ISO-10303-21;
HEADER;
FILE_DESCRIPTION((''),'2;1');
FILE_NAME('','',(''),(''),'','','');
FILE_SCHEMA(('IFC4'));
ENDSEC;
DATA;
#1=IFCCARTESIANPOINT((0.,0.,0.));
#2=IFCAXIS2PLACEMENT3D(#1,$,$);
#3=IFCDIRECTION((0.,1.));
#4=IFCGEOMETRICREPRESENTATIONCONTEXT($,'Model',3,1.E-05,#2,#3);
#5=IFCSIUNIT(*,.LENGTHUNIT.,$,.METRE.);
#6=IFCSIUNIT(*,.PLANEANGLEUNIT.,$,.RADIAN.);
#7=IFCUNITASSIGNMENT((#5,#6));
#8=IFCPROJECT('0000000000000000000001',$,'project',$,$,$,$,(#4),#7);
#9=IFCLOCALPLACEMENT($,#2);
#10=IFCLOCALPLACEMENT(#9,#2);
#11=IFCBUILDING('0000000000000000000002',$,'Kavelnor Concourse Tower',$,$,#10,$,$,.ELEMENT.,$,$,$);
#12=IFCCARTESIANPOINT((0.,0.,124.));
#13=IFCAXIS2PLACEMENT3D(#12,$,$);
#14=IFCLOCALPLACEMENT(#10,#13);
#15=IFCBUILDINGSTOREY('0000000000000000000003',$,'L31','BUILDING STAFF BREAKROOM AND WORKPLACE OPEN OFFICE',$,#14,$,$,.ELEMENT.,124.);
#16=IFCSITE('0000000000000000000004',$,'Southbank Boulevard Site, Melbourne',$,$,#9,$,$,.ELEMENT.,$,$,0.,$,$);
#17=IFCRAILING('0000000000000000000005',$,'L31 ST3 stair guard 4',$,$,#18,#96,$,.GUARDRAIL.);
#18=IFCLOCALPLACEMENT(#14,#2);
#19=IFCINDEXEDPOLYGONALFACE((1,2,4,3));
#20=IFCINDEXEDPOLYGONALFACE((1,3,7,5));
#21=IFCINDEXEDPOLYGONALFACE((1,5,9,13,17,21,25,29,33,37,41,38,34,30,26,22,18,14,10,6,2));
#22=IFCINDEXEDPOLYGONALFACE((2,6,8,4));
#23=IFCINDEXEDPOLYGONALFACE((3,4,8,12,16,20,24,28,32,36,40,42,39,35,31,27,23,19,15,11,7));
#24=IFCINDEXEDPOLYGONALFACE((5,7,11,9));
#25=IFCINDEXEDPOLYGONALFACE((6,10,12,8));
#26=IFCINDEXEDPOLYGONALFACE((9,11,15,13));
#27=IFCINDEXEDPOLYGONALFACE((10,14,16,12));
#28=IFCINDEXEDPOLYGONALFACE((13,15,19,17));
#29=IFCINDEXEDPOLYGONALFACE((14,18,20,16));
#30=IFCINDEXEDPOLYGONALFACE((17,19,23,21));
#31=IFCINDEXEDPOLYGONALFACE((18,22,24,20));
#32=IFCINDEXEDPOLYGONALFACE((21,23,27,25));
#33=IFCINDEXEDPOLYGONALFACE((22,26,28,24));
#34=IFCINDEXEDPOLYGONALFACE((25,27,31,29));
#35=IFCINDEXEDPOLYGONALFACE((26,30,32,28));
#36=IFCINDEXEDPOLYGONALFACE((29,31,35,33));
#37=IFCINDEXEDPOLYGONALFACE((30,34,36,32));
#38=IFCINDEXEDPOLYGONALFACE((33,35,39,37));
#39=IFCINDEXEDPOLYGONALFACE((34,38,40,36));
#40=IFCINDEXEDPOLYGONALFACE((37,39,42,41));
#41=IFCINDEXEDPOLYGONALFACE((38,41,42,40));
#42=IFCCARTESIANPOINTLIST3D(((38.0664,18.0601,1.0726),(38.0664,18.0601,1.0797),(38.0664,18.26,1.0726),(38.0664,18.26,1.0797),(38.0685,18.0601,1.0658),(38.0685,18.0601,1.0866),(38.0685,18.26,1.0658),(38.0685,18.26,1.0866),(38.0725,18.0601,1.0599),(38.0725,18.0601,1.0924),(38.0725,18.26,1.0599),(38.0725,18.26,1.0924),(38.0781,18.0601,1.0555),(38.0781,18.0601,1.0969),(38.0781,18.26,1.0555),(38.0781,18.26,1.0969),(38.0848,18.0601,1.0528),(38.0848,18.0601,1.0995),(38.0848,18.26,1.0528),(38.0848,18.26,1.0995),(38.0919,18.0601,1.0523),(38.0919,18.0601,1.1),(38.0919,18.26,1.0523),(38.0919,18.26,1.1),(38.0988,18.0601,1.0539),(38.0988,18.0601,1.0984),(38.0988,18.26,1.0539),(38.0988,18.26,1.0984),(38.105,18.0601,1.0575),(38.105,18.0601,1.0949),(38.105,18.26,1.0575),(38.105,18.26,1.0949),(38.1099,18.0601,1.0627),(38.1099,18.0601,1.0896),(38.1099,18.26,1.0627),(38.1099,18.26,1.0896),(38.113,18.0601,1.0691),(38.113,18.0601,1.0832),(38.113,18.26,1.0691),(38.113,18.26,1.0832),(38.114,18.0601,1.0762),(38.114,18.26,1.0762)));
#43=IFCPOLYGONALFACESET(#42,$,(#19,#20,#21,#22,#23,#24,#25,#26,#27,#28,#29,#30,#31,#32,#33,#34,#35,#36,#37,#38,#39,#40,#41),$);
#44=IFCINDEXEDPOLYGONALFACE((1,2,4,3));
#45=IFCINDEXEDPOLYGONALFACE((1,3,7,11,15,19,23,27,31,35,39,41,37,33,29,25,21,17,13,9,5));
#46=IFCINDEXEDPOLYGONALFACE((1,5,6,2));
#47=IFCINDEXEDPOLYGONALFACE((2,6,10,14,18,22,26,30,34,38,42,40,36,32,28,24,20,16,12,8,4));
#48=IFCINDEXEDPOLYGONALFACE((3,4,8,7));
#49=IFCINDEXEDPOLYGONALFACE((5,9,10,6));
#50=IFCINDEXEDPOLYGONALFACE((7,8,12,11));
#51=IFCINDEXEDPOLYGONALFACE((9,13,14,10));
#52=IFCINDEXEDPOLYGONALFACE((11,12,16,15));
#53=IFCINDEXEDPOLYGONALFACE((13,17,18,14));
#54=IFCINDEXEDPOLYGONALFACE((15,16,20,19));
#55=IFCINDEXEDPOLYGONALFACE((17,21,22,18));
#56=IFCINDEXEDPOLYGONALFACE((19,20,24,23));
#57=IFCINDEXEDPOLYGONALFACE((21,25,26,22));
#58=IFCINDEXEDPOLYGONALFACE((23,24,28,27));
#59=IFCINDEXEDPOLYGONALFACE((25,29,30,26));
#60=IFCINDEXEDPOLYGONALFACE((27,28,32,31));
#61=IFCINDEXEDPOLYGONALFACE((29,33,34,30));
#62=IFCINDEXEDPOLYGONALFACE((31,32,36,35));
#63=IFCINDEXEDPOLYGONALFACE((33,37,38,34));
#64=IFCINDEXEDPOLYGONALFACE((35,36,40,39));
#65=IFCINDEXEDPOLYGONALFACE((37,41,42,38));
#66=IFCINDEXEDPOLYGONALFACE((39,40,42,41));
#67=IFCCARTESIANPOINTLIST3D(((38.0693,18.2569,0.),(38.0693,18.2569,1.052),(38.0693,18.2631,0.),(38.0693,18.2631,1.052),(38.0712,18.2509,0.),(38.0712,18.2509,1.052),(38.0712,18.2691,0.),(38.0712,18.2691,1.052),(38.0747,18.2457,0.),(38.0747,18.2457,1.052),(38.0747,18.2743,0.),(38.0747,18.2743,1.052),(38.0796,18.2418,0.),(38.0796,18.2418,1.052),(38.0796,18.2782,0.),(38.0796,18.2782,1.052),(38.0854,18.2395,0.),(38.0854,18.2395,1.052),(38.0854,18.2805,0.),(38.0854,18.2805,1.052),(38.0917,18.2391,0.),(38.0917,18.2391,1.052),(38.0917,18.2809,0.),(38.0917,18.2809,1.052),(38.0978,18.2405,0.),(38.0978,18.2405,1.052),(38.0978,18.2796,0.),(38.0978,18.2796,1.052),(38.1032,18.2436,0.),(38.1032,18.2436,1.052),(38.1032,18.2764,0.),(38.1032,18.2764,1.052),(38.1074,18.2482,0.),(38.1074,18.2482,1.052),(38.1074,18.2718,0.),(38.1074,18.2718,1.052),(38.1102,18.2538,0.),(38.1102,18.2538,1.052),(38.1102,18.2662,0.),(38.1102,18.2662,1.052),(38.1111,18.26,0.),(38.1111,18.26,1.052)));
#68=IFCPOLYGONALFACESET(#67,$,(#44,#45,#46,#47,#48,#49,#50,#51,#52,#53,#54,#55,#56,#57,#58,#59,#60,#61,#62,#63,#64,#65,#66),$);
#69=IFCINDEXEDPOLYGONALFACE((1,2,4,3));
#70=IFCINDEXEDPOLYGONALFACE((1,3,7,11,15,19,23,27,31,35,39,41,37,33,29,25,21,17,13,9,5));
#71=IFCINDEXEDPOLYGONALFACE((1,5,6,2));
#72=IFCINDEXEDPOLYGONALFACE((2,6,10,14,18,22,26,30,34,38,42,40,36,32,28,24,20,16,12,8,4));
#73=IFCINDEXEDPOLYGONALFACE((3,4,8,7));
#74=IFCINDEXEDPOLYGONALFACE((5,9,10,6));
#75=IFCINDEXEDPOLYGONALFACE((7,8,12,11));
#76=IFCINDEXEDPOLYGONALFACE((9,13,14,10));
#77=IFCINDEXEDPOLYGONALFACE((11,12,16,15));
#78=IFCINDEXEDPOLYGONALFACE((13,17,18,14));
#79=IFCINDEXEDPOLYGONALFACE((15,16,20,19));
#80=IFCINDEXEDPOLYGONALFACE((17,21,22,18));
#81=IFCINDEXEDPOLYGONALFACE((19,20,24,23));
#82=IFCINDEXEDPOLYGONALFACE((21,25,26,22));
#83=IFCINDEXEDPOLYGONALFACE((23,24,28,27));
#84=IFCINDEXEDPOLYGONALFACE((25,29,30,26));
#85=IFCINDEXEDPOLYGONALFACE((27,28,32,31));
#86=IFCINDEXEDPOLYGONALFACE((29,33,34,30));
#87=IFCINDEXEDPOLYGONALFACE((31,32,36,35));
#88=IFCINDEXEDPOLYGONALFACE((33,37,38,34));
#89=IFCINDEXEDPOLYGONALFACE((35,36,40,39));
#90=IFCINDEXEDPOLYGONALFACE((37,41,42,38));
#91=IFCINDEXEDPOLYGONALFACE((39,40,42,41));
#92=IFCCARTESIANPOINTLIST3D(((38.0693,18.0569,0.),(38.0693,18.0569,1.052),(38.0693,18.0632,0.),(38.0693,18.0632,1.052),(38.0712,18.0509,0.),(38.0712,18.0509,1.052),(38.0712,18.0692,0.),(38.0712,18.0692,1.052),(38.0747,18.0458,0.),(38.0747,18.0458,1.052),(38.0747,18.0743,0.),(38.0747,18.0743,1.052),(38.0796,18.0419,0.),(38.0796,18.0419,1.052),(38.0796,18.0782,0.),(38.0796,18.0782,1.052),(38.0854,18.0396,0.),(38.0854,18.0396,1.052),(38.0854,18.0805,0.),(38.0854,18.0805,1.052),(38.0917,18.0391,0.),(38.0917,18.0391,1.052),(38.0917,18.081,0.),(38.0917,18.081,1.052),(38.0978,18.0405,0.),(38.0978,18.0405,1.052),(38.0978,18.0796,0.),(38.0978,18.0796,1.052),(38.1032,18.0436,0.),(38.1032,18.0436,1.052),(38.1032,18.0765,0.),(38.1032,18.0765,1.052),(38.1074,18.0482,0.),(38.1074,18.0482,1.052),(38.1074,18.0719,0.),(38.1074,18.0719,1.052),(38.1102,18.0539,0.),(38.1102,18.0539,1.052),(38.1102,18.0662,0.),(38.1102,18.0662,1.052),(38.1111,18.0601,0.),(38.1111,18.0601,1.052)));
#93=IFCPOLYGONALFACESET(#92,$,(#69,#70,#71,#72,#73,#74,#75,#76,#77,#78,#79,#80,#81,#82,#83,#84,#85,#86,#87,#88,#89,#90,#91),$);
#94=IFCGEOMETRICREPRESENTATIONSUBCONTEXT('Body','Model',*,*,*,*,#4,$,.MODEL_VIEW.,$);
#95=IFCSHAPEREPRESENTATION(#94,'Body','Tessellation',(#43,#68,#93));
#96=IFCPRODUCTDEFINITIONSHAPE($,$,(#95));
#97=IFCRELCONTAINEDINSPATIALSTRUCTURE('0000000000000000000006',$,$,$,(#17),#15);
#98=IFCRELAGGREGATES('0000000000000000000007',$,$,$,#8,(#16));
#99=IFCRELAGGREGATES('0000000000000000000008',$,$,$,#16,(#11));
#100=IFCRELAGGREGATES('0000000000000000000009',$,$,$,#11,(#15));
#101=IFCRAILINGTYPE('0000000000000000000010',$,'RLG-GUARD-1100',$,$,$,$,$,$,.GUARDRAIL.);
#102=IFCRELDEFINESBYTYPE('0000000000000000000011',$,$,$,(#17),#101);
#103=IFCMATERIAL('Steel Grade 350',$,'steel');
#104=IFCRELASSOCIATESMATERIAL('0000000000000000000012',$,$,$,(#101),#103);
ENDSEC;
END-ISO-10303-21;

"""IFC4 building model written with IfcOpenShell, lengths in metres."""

from ifc_helpers import new_model, si_unit, direction, frame, origin, origin_2d, place, context, subcontext, project, spatial, circle, extrude, material, type_object, element, save


model = new_model("IFC4")

# Units and contexts
model_context = context("Model", 3, precision=1e-05, world=origin(), true_north=direction((0.0, 1.0)))
body_context = subcontext(model_context, "Body", "Model", "MODEL_VIEW")
ifc_project = project(units=[si_unit("LENGTHUNIT", "METRE"), si_unit("PLANEANGLEUNIT", "RADIAN")], contexts=[model_context])

# Site, building, storey
site_placement = place(None, origin())
site = spatial("IfcSite", under=ifc_project, at=site_placement, Name="Southbank Boulevard Site, Melbourne", CompositionType="ELEMENT", RefElevation=0.0)
building_placement = place(site_placement, origin())
building = spatial("IfcBuilding", under=site, at=building_placement, Name="Kavelnor Concourse Tower", CompositionType="ELEMENT")
storey_placement = place(building_placement, frame((0.0, 0.0, 124.0)))
storey = spatial("IfcBuildingStorey", under=building, at=storey_placement, Name="L31", Description="BUILDING STAFF BREAKROOM AND WORKPLACE OPEN OFFICE", CompositionType="ELEMENT", Elevation=124.0)

# Shared definitions
ifc_material_1 = material(Name="Steel Grade 350", Category="steel")

# Railing
railing_type_1 = type_object("IfcRailingType", Name="RLG-GUARD-1100", PredefinedType="GUARDRAIL", material=ifc_material_1)
railing_1_placement = place(storey_placement, frame((38.0901, 18.26, 0.0)))
element("IfcRailing", 1, at=railing_1_placement, inside=storey, type_object=railing_type_1, Name="L31 ST3 stair guard 4", PredefinedType="GUARDRAIL", context=body_context, shape_type="SweptSolid", body=[
    extrude(circle(Radius=0.0239, at=origin_2d()), frame((0.0, 0.0, 1.0762), z_axis=(0.0, -1.0, 0.0), x_axis=(1.0, 0.0, 0.0)), (0.0, 0.0, 1.0), 0.2),
    extrude(circle(Radius=0.021, at=origin_2d()), origin(), (0.0, 0.0, 1.0), 1.052),
    extrude(circle(Radius=0.021, at=origin_2d()), frame((0.0, -0.2, 0.0)), (0.0, 0.0, 1.0), 1.052),
])

save(model, "model.ifc")
